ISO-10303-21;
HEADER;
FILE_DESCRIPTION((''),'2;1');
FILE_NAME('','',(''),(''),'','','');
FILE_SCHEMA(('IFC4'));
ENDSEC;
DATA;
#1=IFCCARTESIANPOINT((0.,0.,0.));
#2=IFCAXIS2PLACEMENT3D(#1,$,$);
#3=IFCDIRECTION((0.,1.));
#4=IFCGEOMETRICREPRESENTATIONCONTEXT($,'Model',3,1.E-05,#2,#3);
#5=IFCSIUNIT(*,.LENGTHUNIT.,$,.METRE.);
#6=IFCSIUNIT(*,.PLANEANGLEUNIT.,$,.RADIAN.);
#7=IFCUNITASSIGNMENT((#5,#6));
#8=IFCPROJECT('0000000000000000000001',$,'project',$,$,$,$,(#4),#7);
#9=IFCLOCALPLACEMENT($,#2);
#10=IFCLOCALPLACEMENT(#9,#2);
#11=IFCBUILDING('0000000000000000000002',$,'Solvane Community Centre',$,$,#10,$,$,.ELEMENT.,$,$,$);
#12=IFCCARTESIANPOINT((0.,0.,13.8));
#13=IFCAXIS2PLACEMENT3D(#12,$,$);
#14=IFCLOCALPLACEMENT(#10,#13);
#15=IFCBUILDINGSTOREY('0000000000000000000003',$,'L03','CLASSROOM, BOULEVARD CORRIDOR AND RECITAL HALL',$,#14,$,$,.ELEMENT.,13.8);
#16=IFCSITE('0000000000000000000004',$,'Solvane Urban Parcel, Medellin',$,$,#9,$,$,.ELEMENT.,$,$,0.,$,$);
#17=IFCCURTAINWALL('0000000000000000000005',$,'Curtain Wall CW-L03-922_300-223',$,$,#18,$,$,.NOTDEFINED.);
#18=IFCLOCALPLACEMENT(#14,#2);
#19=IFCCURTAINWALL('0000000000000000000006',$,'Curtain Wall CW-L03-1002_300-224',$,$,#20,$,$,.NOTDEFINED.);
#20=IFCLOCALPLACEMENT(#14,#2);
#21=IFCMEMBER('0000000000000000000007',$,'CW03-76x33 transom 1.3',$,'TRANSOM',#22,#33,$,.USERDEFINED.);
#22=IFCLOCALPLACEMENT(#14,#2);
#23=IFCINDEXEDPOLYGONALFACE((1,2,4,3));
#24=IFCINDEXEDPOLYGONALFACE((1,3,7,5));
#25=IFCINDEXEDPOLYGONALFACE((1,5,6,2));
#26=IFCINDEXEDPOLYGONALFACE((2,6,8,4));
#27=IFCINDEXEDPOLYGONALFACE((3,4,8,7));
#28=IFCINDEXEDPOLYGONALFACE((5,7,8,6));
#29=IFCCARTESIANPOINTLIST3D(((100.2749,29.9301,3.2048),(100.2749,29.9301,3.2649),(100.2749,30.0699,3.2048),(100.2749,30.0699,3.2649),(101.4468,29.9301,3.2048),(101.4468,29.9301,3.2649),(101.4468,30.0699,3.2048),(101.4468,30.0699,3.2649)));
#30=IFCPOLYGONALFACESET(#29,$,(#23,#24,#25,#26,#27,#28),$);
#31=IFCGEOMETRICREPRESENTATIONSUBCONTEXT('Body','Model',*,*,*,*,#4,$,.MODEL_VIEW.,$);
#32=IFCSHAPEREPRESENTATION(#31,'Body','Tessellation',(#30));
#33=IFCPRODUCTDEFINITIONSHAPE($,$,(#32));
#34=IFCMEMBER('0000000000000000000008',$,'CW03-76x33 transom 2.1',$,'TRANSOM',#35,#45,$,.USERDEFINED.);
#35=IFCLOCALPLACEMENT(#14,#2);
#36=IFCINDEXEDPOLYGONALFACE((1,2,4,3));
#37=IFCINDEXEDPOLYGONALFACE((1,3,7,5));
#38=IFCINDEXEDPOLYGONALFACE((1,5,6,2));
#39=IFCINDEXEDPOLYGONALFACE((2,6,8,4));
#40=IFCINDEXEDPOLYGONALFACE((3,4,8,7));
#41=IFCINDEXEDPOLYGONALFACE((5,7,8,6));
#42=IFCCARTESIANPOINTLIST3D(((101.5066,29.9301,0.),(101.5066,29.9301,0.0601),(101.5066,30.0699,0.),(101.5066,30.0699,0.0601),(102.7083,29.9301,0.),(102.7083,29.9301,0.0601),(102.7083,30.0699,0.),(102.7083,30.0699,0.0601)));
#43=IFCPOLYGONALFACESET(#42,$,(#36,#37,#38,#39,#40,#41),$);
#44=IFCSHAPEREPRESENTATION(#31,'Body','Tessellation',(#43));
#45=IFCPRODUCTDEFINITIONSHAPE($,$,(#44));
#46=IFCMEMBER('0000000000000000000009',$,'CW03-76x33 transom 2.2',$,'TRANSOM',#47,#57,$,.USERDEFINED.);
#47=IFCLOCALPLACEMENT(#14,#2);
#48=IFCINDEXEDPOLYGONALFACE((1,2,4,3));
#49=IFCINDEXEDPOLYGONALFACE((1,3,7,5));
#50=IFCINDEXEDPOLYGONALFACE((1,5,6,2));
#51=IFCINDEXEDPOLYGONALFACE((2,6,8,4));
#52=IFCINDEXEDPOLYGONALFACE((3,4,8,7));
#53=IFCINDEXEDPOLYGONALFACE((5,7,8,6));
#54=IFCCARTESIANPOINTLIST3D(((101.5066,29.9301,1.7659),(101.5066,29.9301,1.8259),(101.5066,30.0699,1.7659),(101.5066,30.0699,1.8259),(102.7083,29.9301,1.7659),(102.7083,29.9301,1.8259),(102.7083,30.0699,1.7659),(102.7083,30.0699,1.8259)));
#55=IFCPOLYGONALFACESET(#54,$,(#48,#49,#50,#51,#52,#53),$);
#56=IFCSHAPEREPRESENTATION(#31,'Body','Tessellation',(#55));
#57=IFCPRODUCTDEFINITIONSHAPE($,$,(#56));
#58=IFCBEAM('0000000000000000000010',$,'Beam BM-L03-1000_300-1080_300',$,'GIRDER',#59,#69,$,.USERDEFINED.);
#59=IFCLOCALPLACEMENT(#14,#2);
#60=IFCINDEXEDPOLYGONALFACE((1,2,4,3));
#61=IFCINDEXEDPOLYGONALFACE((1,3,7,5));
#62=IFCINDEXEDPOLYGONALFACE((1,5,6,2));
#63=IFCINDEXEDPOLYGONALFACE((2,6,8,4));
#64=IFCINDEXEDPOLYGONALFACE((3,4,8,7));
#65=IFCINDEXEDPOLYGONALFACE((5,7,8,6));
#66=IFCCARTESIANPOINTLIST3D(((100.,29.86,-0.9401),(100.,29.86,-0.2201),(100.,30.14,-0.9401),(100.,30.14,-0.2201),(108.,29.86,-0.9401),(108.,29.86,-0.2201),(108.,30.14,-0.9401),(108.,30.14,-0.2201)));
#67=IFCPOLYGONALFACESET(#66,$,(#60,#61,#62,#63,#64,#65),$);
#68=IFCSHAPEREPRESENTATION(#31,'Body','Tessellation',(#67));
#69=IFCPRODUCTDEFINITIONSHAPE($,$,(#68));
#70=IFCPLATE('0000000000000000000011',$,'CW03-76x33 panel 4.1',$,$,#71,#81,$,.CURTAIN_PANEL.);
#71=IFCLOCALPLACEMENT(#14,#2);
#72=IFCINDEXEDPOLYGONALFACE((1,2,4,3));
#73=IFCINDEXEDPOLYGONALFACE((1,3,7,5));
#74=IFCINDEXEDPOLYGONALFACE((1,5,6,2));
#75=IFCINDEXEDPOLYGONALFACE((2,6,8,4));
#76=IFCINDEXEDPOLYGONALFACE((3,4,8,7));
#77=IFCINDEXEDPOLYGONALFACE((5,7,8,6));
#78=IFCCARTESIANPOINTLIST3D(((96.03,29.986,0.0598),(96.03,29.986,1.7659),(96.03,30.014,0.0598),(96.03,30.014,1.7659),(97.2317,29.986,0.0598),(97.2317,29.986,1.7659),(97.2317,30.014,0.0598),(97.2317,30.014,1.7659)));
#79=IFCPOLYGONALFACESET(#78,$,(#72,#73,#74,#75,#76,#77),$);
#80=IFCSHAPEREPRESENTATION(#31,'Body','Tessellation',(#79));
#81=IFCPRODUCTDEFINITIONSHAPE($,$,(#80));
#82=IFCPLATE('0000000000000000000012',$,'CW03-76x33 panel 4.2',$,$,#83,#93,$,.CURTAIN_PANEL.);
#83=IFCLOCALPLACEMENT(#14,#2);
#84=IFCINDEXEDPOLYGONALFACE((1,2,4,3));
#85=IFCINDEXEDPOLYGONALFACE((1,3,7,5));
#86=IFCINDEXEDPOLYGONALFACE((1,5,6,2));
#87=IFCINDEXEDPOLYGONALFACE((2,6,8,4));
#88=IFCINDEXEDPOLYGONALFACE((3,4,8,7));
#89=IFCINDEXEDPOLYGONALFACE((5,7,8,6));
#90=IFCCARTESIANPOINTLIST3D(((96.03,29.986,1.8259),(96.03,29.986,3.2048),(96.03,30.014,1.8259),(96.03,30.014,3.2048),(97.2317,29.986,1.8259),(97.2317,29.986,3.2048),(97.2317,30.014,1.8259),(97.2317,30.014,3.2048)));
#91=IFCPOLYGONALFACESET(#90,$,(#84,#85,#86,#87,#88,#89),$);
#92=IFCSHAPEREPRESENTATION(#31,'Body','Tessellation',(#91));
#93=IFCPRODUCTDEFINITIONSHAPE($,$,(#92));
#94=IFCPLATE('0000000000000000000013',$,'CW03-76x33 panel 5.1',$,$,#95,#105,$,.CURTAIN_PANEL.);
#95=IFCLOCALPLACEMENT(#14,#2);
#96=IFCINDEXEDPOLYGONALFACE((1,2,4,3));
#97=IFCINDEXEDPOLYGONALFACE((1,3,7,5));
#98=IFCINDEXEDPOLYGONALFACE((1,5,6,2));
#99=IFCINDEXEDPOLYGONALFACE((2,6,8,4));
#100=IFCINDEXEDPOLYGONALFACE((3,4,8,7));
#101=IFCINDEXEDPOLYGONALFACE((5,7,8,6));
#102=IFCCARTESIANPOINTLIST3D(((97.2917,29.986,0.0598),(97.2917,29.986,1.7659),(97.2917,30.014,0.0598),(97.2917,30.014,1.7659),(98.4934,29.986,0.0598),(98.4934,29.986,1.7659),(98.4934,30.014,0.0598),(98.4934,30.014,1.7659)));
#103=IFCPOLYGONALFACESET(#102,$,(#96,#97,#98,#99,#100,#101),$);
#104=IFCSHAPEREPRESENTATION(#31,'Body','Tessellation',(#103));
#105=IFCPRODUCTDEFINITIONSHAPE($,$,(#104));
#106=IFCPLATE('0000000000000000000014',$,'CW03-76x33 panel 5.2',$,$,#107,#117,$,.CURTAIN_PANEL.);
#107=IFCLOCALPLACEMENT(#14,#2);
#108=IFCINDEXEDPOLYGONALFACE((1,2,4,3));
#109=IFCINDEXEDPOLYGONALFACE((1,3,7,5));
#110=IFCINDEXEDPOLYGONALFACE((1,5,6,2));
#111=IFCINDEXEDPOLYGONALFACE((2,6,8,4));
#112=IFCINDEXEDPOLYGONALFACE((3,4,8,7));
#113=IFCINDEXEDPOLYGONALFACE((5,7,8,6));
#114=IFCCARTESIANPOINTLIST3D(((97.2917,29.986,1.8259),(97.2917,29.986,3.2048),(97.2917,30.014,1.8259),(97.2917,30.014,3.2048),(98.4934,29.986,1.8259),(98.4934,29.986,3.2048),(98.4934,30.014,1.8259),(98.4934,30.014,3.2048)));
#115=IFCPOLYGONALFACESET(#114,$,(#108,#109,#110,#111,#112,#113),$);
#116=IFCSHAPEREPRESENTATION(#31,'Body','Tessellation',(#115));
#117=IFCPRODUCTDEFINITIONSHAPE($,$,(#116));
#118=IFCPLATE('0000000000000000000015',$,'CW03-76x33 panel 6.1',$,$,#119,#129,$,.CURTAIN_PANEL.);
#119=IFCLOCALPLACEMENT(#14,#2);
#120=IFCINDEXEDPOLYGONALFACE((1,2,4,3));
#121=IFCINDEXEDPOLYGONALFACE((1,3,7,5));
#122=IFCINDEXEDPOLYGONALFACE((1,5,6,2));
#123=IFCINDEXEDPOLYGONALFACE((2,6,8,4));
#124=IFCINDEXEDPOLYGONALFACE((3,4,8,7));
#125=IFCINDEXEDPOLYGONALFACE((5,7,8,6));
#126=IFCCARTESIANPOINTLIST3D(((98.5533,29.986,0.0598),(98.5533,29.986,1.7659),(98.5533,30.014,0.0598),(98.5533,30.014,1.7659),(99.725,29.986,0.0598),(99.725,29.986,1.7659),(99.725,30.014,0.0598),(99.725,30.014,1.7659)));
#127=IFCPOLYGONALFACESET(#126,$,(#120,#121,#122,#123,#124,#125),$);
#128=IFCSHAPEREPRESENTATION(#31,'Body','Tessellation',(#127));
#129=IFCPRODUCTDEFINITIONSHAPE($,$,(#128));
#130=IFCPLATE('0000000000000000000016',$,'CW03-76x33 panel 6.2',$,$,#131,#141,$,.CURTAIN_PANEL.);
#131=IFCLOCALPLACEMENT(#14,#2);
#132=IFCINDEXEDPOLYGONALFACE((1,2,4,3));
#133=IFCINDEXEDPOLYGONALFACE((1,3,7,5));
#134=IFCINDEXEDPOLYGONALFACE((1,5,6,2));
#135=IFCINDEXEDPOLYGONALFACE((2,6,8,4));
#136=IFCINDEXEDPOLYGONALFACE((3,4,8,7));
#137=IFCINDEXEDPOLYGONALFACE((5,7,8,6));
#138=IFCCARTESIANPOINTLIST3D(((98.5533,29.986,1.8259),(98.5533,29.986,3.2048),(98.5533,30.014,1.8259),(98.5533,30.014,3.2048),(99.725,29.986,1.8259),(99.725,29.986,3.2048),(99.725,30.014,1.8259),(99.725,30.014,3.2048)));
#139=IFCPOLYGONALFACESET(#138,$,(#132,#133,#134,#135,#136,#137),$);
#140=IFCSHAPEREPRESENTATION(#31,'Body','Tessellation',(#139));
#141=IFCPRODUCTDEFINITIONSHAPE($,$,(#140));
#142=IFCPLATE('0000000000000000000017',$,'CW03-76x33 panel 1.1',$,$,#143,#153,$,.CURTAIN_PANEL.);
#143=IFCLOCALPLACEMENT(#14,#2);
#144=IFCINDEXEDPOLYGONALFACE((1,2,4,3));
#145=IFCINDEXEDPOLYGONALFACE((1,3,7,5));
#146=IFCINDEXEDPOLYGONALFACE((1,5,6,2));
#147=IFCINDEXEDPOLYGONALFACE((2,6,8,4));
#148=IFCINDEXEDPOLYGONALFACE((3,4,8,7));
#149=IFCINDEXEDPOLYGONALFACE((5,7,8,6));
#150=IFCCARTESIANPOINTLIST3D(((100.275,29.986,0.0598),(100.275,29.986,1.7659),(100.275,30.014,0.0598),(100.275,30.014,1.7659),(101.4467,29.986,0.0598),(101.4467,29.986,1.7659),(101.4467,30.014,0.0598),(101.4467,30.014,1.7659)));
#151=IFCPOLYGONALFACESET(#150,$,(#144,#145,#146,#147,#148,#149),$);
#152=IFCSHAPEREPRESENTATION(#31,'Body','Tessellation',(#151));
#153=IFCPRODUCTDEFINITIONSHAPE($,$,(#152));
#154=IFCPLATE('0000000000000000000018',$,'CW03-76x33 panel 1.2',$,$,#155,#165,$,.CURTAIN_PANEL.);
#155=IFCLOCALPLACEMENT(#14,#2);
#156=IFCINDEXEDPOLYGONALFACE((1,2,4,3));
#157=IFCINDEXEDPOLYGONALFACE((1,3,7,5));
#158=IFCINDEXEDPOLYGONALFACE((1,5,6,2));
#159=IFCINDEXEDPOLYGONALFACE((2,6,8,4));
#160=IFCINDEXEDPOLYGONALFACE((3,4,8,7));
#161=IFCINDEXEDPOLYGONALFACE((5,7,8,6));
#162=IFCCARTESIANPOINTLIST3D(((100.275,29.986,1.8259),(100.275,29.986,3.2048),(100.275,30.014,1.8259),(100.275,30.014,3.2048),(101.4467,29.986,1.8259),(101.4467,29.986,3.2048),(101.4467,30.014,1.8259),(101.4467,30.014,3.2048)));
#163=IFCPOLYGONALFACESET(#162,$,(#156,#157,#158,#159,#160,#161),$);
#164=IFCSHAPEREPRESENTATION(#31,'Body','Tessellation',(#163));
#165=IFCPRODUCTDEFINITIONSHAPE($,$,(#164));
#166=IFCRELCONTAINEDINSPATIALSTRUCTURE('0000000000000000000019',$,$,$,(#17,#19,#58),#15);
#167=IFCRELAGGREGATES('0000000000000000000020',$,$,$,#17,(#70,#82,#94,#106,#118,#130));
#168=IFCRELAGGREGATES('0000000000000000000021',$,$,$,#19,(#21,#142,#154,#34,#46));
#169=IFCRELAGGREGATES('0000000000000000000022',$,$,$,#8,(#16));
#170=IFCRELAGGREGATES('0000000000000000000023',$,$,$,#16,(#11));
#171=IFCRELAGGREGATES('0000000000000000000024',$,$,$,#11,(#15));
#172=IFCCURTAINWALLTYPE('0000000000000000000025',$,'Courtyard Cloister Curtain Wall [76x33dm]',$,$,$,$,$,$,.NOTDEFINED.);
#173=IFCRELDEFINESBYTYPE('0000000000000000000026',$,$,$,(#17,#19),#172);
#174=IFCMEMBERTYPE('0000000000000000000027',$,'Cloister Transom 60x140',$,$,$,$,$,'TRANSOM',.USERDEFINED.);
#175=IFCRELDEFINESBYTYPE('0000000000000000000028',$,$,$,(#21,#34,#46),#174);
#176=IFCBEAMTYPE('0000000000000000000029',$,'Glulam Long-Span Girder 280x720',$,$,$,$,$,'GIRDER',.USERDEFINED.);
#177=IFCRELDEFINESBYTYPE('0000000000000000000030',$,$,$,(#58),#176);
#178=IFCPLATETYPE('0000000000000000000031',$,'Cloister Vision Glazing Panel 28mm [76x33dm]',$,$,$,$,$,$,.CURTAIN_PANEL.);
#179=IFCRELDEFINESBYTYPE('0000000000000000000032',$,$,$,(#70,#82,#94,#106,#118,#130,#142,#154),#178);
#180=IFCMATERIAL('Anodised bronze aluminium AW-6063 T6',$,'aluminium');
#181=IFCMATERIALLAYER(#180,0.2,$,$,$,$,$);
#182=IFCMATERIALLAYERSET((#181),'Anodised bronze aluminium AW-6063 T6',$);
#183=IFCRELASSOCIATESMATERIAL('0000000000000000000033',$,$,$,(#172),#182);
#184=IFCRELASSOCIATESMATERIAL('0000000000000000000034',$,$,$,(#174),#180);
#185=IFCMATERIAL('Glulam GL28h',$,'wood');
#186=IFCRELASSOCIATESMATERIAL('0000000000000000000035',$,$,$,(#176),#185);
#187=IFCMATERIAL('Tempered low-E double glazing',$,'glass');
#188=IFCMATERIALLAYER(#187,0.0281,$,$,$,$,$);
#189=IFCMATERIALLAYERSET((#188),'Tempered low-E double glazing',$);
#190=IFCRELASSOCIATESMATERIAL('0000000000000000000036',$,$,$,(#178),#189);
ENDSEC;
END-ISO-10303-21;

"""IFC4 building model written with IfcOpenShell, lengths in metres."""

from ifc_helpers import new_model, si_unit, direction, frame, origin, origin_2d, place, context, subcontext, project, spatial, rectangle, extrude, material, layer, layer_set, material_profile, profile_set, type_object, element, aggregate, save


model = new_model("IFC4")

# Units and contexts
model_context = context("Model", 3, precision=1e-05, world=origin(), true_north=direction((0.0, 1.0)))
body_context = subcontext(model_context, "Body", "Model", "MODEL_VIEW")
ifc_project = project(units=[si_unit("LENGTHUNIT", "METRE"), si_unit("PLANEANGLEUNIT", "RADIAN")], contexts=[model_context])

# Site, building, storey
site_placement = place(None, origin())
site = spatial("IfcSite", under=ifc_project, at=site_placement, Name="Solvane Urban Parcel, Medellin", CompositionType="ELEMENT", RefElevation=0.0)
building_placement = place(site_placement, origin())
building = spatial("IfcBuilding", under=site, at=building_placement, Name="Solvane Community Centre", CompositionType="ELEMENT")
storey_placement = place(building_placement, frame((0.0, 0.0, 13.8)))
storey = spatial("IfcBuildingStorey", under=building, at=storey_placement, Name="L03", Description="CLASSROOM, BOULEVARD CORRIDOR AND RECITAL HALL", CompositionType="ELEMENT", Elevation=13.8)

# Curtain walls
ifc_material_1 = material(Name="Anodised bronze aluminium AW-6063 T6", Category="aluminium")
ifc_layer_1 = layer(ifc_material_1, 0.2)
ifc_layer_set_1 = layer_set([ifc_layer_1], Name="Anodised bronze aluminium AW-6063 T6")
curtain_wall_type = type_object("IfcCurtainWallType", Name="Courtyard Cloister Curtain Wall [76x33dm]", PredefinedType="NOTDEFINED", material=ifc_layer_set_1)
curtain_wall_1_placement = place(storey_placement, origin())
curtain_wall_1 = element("IfcCurtainWall", 1, at=curtain_wall_1_placement, inside=storey, type_object=curtain_wall_type, Name="Curtain Wall CW-L03-922_300-223", PredefinedType="NOTDEFINED")
curtain_wall_2_placement = place(storey_placement, origin())
curtain_wall_2 = element("IfcCurtainWall", 2, at=curtain_wall_2_placement, inside=storey, type_object=curtain_wall_type, Name="Curtain Wall CW-L03-1002_300-224", PredefinedType="NOTDEFINED")

# Members
ifc_material_profile_1 = material_profile(ifc_material_1, rectangle(XDim=0.1399, YDim=0.0601, at=origin_2d()), Name="CW-T 60x140")
ifc_profile_set_1 = profile_set([ifc_material_profile_1], Name="Anodised bronze aluminium AW-6063 T6")
member_type_1 = type_object("IfcMemberType", Name="Cloister Transom 60x140", ElementType="TRANSOM", PredefinedType="USERDEFINED", material=ifc_profile_set_1)
member_1_placement = place(storey_placement, frame((100.2749, 30.0, 3.2349), z_axis=(1.0, 0.0, 0.0), x_axis=(0.0, 1.0, 0.0)))
member_1 = element("IfcMember", 3, at=member_1_placement, type_object=member_type_1, Name="CW03-76x33 transom 1.3", ObjectType="TRANSOM", PredefinedType="USERDEFINED", context=body_context, shape_type="SweptSolid", body=[
    extrude(rectangle(XDim=0.1399, YDim=0.0601, at=origin_2d()), origin(), (0.0, 0.0, 1.0), 1.1719),
])
member_2_placement = place(storey_placement, frame((101.5066, 30.0, 0.03), z_axis=(1.0, 0.0, 0.0), x_axis=(0.0, 1.0, 0.0)))
member_2 = element("IfcMember", 4, at=member_2_placement, type_object=member_type_1, Name="CW03-76x33 transom 2.1", ObjectType="TRANSOM", PredefinedType="USERDEFINED", context=body_context, shape_type="SweptSolid", body=[
    extrude(rectangle(XDim=0.1399, YDim=0.0601, at=origin_2d()), origin(), (0.0, 0.0, 1.0), 1.2017),
])
member_3_placement = place(storey_placement, frame((101.5066, 30.0, 1.7959), z_axis=(1.0, 0.0, 0.0), x_axis=(0.0, 1.0, 0.0)))
member_3 = element("IfcMember", 5, at=member_3_placement, type_object=member_type_1, Name="CW03-76x33 transom 2.2", ObjectType="TRANSOM", PredefinedType="USERDEFINED", context=body_context, shape_type="SweptSolid", body=[
    extrude(rectangle(XDim=0.1399, YDim=0.0601, at=origin_2d()), origin(), (0.0, 0.0, 1.0), 1.2017),
])

# Beam
ifc_material_2 = material(Name="Glulam GL28h", Category="wood")
ifc_material_profile_2 = material_profile(ifc_material_2, rectangle(XDim=0.28, YDim=0.72, at=origin_2d()), Name="GL28h 280x720")
ifc_profile_set_2 = profile_set([ifc_material_profile_2], Name="Glulam GL28h")
beam_type = type_object("IfcBeamType", Name="Glulam Long-Span Girder 280x720", ElementType="GIRDER", PredefinedType="USERDEFINED", material=ifc_profile_set_2)
beam_placement = place(storey_placement, frame((100.0, 30.0, -0.5801), z_axis=(1.0, 0.0, 0.0), x_axis=(0.0, 1.0, 0.0)))
element("IfcBeam", 6, at=beam_placement, inside=storey, type_object=beam_type, Name="Beam BM-L03-1000_300-1080_300", ObjectType="GIRDER", PredefinedType="USERDEFINED", context=body_context, shape_type="SweptSolid", body=[
    extrude(rectangle(XDim=0.28, YDim=0.72, at=origin_2d()), origin(), (0.0, 0.0, 1.0), 8.0),
])

# Plates
ifc_material_3 = material(Name="Tempered low-E double glazing", Category="glass")
ifc_layer_2 = layer(ifc_material_3, 0.0281)
ifc_layer_set_2 = layer_set([ifc_layer_2], Name="Tempered low-E double glazing")
plate_type = type_object("IfcPlateType", Name="Cloister Vision Glazing Panel 28mm [76x33dm]", PredefinedType="CURTAIN_PANEL", material=ifc_layer_set_2)
plate_1_placement = place(storey_placement, frame((96.6309, 30.0, 0.0598), z_axis=(0.0, 0.0, 1.0), x_axis=(1.0, 0.0, 0.0)))
plate_1 = element("IfcPlate", 7, at=plate_1_placement, type_object=plate_type, Name="CW03-76x33 panel 4.1", PredefinedType="CURTAIN_PANEL", context=body_context, shape_type="SweptSolid", body=[
    extrude(rectangle(XDim=1.2017, YDim=0.0281, at=origin_2d()), origin(), (0.0, 0.0, 1.0), 1.7061),
])
plate_2_placement = place(storey_placement, frame((96.6309, 30.0, 1.8259), z_axis=(0.0, 0.0, 1.0), x_axis=(1.0, 0.0, 0.0)))
plate_2 = element("IfcPlate", 8, at=plate_2_placement, type_object=plate_type, Name="CW03-76x33 panel 4.2", PredefinedType="CURTAIN_PANEL", context=body_context, shape_type="SweptSolid", body=[
    extrude(rectangle(XDim=1.2017, YDim=0.0281, at=origin_2d()), origin(), (0.0, 0.0, 1.0), 1.3789),
])
plate_3_placement = place(storey_placement, frame((97.8926, 30.0, 0.0598), z_axis=(0.0, 0.0, 1.0), x_axis=(1.0, 0.0, 0.0)))
plate_3 = element("IfcPlate", 9, at=plate_3_placement, type_object=plate_type, Name="CW03-76x33 panel 5.1", PredefinedType="CURTAIN_PANEL", context=body_context, shape_type="SweptSolid", body=[
    extrude(rectangle(XDim=1.2017, YDim=0.0281, at=origin_2d()), origin(), (0.0, 0.0, 1.0), 1.7061),
])
plate_4_placement = place(storey_placement, frame((97.8926, 30.0, 1.8259), z_axis=(0.0, 0.0, 1.0), x_axis=(1.0, 0.0, 0.0)))
plate_4 = element("IfcPlate", 10, at=plate_4_placement, type_object=plate_type, Name="CW03-76x33 panel 5.2", PredefinedType="CURTAIN_PANEL", context=body_context, shape_type="SweptSolid", body=[
    extrude(rectangle(XDim=1.2017, YDim=0.0281, at=origin_2d()), origin(), (0.0, 0.0, 1.0), 1.3789),
])
plate_5_placement = place(storey_placement, frame((99.1392, 30.0, 0.0598), z_axis=(0.0, 0.0, 1.0), x_axis=(1.0, 0.0, 0.0)))
plate_5 = element("IfcPlate", 11, at=plate_5_placement, type_object=plate_type, Name="CW03-76x33 panel 6.1", PredefinedType="CURTAIN_PANEL", context=body_context, shape_type="SweptSolid", body=[
    extrude(rectangle(XDim=1.1716, YDim=0.0281, at=origin_2d()), origin(), (0.0, 0.0, 1.0), 1.7061),
])
plate_6_placement = place(storey_placement, frame((99.1392, 30.0, 1.8259), z_axis=(0.0, 0.0, 1.0), x_axis=(1.0, 0.0, 0.0)))
plate_6 = element("IfcPlate", 12, at=plate_6_placement, type_object=plate_type, Name="CW03-76x33 panel 6.2", PredefinedType="CURTAIN_PANEL", context=body_context, shape_type="SweptSolid", body=[
    extrude(rectangle(XDim=1.1716, YDim=0.0281, at=origin_2d()), origin(), (0.0, 0.0, 1.0), 1.3789),
])
aggregate(curtain_wall_1, [plate_1, plate_2, plate_3, plate_4, plate_5, plate_6])
plate_7_placement = place(storey_placement, frame((100.8608, 30.0, 0.0598), z_axis=(0.0, 0.0, 1.0), x_axis=(1.0, 0.0, 0.0)))
plate_7 = element("IfcPlate", 13, at=plate_7_placement, type_object=plate_type, Name="CW03-76x33 panel 1.1", PredefinedType="CURTAIN_PANEL", context=body_context, shape_type="SweptSolid", body=[
    extrude(rectangle(XDim=1.1716, YDim=0.0281, at=origin_2d()), origin(), (0.0, 0.0, 1.0), 1.7061),
])
plate_8_placement = place(storey_placement, frame((100.8608, 30.0, 1.8259), z_axis=(0.0, 0.0, 1.0), x_axis=(1.0, 0.0, 0.0)))
plate_8 = element("IfcPlate", 14, at=plate_8_placement, type_object=plate_type, Name="CW03-76x33 panel 1.2", PredefinedType="CURTAIN_PANEL", context=body_context, shape_type="SweptSolid", body=[
    extrude(rectangle(XDim=1.1716, YDim=0.0281, at=origin_2d()), origin(), (0.0, 0.0, 1.0), 1.3789),
])
aggregate(curtain_wall_2, [member_1, plate_7, plate_8, member_2, member_3])

save(model, "model.ifc")
